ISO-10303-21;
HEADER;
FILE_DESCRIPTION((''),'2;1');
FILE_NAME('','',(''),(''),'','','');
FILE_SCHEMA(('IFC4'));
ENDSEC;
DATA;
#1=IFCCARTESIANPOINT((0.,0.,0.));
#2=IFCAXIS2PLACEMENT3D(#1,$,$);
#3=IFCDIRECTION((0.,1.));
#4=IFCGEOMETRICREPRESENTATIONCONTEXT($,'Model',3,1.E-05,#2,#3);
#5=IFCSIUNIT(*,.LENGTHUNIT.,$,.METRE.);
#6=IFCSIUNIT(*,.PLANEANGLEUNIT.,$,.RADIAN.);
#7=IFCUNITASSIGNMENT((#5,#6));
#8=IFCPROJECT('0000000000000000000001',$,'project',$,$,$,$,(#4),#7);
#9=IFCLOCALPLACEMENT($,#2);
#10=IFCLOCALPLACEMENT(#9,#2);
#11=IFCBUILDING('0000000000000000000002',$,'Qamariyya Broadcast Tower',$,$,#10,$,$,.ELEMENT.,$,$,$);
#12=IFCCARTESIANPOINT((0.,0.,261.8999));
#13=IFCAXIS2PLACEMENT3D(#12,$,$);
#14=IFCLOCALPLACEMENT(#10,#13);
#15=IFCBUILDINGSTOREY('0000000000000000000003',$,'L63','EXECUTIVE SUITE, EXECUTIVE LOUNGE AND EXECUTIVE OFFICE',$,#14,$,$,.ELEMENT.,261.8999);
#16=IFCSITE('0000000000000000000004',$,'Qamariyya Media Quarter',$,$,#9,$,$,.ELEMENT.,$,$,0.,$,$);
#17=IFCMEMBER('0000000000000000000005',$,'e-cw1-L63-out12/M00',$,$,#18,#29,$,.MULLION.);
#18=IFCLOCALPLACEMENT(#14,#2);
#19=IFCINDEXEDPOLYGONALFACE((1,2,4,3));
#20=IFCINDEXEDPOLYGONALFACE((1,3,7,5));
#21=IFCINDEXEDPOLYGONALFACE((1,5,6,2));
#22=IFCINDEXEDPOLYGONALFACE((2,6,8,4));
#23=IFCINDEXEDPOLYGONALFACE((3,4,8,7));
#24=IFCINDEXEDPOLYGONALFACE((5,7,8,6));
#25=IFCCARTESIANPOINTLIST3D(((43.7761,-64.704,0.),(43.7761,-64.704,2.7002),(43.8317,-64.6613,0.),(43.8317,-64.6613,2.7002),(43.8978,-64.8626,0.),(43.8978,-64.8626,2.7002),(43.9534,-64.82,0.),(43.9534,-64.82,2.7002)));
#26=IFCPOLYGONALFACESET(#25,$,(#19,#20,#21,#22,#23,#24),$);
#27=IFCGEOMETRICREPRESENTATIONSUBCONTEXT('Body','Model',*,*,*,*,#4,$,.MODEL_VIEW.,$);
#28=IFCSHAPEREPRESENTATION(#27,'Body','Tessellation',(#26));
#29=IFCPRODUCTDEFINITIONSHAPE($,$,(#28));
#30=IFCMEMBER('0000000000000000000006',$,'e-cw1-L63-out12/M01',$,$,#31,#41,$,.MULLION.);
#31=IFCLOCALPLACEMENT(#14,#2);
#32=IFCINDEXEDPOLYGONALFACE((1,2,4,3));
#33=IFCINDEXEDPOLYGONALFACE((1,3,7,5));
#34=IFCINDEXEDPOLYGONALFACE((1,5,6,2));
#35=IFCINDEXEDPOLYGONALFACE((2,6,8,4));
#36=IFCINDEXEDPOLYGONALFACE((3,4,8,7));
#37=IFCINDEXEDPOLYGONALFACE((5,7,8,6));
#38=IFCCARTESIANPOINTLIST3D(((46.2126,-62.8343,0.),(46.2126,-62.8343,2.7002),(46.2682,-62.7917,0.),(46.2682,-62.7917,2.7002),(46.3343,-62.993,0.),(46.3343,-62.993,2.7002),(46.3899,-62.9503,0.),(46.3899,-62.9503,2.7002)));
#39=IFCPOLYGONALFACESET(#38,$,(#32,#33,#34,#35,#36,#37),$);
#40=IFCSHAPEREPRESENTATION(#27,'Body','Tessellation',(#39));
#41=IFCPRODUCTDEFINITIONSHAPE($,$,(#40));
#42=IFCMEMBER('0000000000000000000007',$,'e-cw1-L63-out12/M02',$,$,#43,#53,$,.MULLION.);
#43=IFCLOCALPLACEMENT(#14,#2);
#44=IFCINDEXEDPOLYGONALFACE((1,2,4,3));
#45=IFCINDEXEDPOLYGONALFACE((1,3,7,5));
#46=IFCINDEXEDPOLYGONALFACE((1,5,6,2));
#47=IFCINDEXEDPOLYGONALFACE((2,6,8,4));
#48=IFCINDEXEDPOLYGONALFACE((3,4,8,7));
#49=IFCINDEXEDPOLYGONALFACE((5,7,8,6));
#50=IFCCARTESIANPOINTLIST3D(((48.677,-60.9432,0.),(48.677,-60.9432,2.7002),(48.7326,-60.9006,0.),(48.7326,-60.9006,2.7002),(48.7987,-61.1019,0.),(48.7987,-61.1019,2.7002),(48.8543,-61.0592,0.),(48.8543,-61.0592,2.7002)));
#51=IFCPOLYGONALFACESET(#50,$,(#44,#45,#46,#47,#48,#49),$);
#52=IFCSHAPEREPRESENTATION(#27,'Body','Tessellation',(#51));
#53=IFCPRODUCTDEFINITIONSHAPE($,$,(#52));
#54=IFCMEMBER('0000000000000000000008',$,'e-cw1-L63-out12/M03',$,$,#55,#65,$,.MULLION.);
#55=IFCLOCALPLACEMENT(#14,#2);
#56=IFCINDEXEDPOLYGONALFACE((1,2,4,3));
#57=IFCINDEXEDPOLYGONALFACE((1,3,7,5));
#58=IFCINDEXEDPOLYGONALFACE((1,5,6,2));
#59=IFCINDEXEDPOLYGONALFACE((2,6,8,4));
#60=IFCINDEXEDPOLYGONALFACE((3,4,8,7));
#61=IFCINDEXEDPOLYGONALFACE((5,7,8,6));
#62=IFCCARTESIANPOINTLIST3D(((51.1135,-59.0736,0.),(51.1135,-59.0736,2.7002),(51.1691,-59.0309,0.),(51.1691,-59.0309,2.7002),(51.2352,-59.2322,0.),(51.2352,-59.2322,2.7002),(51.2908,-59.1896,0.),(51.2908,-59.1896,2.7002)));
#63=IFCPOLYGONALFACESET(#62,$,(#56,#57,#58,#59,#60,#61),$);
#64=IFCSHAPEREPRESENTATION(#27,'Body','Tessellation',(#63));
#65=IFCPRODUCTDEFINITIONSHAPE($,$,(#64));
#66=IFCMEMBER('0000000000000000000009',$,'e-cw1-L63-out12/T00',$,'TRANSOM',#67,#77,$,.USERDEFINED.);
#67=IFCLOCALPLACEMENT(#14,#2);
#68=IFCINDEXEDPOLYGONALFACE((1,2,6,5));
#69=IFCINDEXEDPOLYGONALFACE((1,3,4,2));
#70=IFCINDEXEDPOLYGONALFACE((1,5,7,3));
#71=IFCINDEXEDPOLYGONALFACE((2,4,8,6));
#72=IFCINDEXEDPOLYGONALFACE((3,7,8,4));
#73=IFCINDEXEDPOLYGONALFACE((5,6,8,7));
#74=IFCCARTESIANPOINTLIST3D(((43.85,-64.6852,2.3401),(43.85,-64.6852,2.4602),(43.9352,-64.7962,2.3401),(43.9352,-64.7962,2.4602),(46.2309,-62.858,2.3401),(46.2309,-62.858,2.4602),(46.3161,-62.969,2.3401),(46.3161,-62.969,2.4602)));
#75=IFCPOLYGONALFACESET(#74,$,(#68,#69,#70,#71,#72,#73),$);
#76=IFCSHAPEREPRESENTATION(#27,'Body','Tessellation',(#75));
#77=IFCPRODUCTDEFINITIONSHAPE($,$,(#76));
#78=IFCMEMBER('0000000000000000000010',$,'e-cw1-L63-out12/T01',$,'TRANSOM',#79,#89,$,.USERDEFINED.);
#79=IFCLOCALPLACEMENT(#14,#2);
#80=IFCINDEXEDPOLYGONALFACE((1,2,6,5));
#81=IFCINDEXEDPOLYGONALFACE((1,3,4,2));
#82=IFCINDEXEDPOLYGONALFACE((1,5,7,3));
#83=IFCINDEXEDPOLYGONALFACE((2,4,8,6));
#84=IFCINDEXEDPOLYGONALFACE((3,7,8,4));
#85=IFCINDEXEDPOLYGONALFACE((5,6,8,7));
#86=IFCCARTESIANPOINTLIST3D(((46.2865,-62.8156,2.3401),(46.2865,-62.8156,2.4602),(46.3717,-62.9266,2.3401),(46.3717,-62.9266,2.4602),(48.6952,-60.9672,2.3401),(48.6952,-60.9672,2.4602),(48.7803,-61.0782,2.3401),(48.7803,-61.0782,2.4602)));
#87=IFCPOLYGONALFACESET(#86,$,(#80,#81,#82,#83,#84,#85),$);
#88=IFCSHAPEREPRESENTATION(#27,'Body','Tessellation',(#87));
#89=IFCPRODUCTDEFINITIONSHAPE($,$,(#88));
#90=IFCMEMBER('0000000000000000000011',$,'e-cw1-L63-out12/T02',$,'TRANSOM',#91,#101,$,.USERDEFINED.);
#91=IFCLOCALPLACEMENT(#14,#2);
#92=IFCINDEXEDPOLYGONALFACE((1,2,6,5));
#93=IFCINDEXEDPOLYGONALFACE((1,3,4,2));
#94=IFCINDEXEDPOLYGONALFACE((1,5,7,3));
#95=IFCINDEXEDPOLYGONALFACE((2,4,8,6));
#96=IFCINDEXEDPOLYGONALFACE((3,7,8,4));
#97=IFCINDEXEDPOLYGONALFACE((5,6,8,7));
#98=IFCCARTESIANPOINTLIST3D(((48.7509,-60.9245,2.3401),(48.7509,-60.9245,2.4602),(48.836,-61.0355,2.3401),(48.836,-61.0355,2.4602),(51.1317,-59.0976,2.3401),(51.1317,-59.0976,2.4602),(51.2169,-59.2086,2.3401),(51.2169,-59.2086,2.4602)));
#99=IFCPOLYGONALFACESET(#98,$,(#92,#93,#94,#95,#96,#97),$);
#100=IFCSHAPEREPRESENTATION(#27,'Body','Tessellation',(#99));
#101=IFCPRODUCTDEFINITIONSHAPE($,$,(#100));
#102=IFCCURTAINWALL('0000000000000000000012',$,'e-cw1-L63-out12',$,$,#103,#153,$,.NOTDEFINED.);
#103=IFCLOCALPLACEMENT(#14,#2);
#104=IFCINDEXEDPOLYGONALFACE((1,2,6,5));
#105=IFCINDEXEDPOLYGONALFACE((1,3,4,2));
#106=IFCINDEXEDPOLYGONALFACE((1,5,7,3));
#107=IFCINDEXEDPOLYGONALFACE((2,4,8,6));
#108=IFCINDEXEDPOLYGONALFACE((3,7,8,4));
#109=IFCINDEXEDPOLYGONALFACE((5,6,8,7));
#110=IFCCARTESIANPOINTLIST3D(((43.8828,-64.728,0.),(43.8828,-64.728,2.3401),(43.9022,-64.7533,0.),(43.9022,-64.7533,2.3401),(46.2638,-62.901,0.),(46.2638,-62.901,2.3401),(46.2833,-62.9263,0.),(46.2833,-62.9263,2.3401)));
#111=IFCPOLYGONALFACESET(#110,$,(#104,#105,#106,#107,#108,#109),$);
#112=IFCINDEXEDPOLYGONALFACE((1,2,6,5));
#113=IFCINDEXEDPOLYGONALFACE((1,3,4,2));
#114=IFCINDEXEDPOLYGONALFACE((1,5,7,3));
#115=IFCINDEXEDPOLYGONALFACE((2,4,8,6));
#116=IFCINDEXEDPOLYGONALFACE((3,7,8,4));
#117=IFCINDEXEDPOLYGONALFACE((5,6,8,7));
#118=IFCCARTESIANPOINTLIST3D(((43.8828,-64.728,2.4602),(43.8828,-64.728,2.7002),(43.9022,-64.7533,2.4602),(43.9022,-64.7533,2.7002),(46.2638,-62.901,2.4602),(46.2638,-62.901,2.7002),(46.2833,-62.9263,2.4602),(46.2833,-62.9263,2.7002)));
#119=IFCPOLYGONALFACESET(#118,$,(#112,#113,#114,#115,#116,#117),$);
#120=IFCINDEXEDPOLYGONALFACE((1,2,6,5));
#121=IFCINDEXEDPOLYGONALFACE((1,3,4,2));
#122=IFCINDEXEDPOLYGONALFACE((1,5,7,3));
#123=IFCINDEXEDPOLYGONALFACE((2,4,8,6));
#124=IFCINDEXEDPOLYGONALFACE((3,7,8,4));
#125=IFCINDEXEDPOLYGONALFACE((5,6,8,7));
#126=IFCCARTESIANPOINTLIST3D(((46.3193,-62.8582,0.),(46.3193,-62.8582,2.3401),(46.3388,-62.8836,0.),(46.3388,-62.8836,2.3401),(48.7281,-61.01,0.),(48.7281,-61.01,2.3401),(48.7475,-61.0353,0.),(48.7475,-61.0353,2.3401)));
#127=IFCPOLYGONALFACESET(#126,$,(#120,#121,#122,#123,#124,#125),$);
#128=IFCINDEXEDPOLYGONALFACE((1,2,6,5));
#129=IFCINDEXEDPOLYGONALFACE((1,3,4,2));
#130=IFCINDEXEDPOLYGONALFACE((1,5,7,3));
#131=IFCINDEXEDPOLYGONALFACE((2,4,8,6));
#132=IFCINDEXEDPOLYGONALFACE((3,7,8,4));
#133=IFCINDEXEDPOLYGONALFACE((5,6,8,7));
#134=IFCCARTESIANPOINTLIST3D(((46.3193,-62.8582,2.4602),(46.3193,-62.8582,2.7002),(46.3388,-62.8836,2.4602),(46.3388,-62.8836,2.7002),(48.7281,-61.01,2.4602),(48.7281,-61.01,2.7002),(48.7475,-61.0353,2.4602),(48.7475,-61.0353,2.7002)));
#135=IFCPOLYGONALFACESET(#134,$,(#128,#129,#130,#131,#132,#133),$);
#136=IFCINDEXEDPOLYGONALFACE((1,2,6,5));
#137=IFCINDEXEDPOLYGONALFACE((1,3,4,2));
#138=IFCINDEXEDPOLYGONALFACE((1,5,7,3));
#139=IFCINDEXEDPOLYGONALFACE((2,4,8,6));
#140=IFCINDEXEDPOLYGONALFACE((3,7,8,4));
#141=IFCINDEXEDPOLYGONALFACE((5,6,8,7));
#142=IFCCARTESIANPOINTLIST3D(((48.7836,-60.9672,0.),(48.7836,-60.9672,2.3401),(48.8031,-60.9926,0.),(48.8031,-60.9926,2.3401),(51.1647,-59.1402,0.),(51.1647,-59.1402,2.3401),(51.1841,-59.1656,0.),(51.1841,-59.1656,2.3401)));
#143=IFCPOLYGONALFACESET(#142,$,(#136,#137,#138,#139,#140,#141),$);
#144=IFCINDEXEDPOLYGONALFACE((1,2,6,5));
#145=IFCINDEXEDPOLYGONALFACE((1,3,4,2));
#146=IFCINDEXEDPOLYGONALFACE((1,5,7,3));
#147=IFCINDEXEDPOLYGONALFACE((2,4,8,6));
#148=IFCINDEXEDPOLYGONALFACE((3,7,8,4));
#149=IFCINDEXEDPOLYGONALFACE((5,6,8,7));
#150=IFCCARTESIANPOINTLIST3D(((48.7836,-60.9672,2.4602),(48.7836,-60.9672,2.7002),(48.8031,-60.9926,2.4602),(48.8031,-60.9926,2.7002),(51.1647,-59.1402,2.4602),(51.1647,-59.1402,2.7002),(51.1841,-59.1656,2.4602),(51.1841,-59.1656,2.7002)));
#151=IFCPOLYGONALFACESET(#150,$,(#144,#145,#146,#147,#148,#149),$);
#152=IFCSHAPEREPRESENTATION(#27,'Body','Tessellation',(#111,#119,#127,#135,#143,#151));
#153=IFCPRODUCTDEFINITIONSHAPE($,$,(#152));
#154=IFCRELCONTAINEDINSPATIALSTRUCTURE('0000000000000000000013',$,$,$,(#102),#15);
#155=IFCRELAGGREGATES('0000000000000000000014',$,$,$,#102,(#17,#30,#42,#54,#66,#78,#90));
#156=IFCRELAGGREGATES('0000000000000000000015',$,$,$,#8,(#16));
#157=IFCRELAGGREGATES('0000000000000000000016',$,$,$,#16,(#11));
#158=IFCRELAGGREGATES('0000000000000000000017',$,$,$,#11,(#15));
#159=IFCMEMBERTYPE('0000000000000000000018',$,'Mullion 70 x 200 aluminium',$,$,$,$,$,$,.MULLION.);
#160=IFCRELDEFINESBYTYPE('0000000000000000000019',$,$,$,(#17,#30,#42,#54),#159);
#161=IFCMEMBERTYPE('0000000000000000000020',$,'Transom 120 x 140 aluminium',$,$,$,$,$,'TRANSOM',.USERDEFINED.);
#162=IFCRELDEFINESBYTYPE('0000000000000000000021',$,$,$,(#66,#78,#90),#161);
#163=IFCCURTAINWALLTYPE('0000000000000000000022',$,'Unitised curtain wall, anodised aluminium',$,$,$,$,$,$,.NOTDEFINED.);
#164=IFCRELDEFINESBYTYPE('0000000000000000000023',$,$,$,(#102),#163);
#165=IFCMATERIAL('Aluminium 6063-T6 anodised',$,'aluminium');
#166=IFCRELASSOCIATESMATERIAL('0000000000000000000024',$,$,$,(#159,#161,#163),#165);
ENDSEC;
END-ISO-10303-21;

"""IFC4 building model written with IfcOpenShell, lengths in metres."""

from ifc_helpers import new_model, si_unit, direction, frame, origin, origin_2d, place, context, subcontext, project, spatial, rectangle, extrude, material, material_profile, profile_set, type_object, element, aggregate, save


model = new_model("IFC4")

# Units and contexts
model_context = context("Model", 3, precision=1e-05, world=origin(), true_north=direction((0.0, 1.0)))
body_context = subcontext(model_context, "Body", "Model", "MODEL_VIEW")
ifc_project = project(units=[si_unit("LENGTHUNIT", "METRE"), si_unit("PLANEANGLEUNIT", "RADIAN")], contexts=[model_context])

# Members
ifc_material = material(Name="Aluminium 6063-T6 anodised", Category="aluminium")
ifc_material_profile_1 = material_profile(ifc_material, rectangle(XDim=0.2, YDim=0.0701, at=origin_2d()))
ifc_profile_set_1 = profile_set([ifc_material_profile_1], Name="Aluminium 6063-T6 anodised")
member_type_1 = type_object("IfcMemberType", Name="Mullion 70 x 200 aluminium", PredefinedType="MULLION", material=ifc_profile_set_1)
site_placement = place(None, origin())
building_placement = place(site_placement, origin())
storey_placement = place(building_placement, frame((0.0, 0.0, 261.8999)))
member_1_placement = place(storey_placement, frame((43.8647, -64.762, 0.0), z_axis=(0.0, 0.0, 1.0), x_axis=(-0.608761, 0.793353, 0.0)))
member_1 = element("IfcMember", 1, at=member_1_placement, type_object=member_type_1, Name="e-cw1-L63-out12/M00", PredefinedType="MULLION", context=body_context, shape_type="SweptSolid", body=[
    extrude(rectangle(XDim=0.2, YDim=0.0701, at=origin_2d()), origin(), (0.0, 0.0, 1.0), 2.7002),
])
member_2_placement = place(storey_placement, frame((46.3013, -62.8923, 0.0), z_axis=(0.0, 0.0, 1.0), x_axis=(-0.608761, 0.793353, 0.0)))
member_2 = element("IfcMember", 2, at=member_2_placement, type_object=member_type_1, Name="e-cw1-L63-out12/M01", PredefinedType="MULLION", context=body_context, shape_type="SweptSolid", body=[
    extrude(rectangle(XDim=0.2, YDim=0.0701, at=origin_2d()), origin(), (0.0, 0.0, 1.0), 2.7002),
])
member_3_placement = place(storey_placement, frame((48.7656, -61.0012, 0.0), z_axis=(0.0, 0.0, 1.0), x_axis=(-0.608761, 0.793353, 0.0)))
member_3 = element("IfcMember", 3, at=member_3_placement, type_object=member_type_1, Name="e-cw1-L63-out12/M02", PredefinedType="MULLION", context=body_context, shape_type="SweptSolid", body=[
    extrude(rectangle(XDim=0.2, YDim=0.0701, at=origin_2d()), origin(), (0.0, 0.0, 1.0), 2.7002),
])
member_4_placement = place(storey_placement, frame((51.2021, -59.1316, 0.0), z_axis=(0.0, 0.0, 1.0), x_axis=(-0.608761, 0.793353, 0.0)))
member_4 = element("IfcMember", 4, at=member_4_placement, type_object=member_type_1, Name="e-cw1-L63-out12/M03", PredefinedType="MULLION", context=body_context, shape_type="SweptSolid", body=[
    extrude(rectangle(XDim=0.2, YDim=0.0701, at=origin_2d()), origin(), (0.0, 0.0, 1.0), 2.7002),
])
ifc_material_profile_2 = material_profile(ifc_material, rectangle(XDim=0.1399, YDim=0.1201, at=origin_2d()))
ifc_profile_set_2 = profile_set([ifc_material_profile_2], Name="Aluminium 6063-T6 anodised")
member_type_2 = type_object("IfcMemberType", Name="Transom 120 x 140 aluminium", ElementType="TRANSOM", PredefinedType="USERDEFINED", material=ifc_profile_set_2)
member_5_placement = place(storey_placement, frame((43.8926, -64.7407, 2.4001), z_axis=(0.793313, 0.608814, 0.0), x_axis=(-0.608814, 0.793313, 0.0)))
member_5 = element("IfcMember", 5, at=member_5_placement, type_object=member_type_2, Name="e-cw1-L63-out12/T00", ObjectType="TRANSOM", PredefinedType="USERDEFINED", context=body_context, shape_type="SweptSolid", body=[
    extrude(rectangle(XDim=0.1399, YDim=0.1201, at=origin_2d()), origin(), (0.0, 0.0, 1.0), 3.0012),
])
member_6_placement = place(storey_placement, frame((46.3291, -62.8711, 2.4001), z_axis=(0.793332, 0.608789, 0.0), x_axis=(-0.608789, 0.793332, 0.0)))
member_6 = element("IfcMember", 6, at=member_6_placement, type_object=member_type_2, Name="e-cw1-L63-out12/T01", ObjectType="TRANSOM", PredefinedType="USERDEFINED", context=body_context, shape_type="SweptSolid", body=[
    extrude(rectangle(XDim=0.1399, YDim=0.1201, at=origin_2d()), origin(), (0.0, 0.0, 1.0), 3.0361),
])
member_7_placement = place(storey_placement, frame((48.7935, -60.98, 2.4001), z_axis=(0.793352, 0.608763, 0.0), x_axis=(-0.608763, 0.793352, 0.0)))
member_7 = element("IfcMember", 7, at=member_7_placement, type_object=member_type_2, Name="e-cw1-L63-out12/T02", ObjectType="TRANSOM", PredefinedType="USERDEFINED", context=body_context, shape_type="SweptSolid", body=[
    extrude(rectangle(XDim=0.1399, YDim=0.1201, at=origin_2d()), origin(), (0.0, 0.0, 1.0), 3.001),
])

# Site, building, storey
site = spatial("IfcSite", under=ifc_project, at=site_placement, Name="Qamariyya Media Quarter", CompositionType="ELEMENT", RefElevation=0.0)
building = spatial("IfcBuilding", under=site, at=building_placement, Name="Qamariyya Broadcast Tower", CompositionType="ELEMENT")
storey = spatial("IfcBuildingStorey", under=building, at=storey_placement, Name="L63", Description="EXECUTIVE SUITE, EXECUTIVE LOUNGE AND EXECUTIVE OFFICE", CompositionType="ELEMENT", Elevation=261.8999)

# Curtain wall
curtain_wall_type = type_object("IfcCurtainWallType", Name="Unitised curtain wall, anodised aluminium", PredefinedType="NOTDEFINED", material=ifc_material)
curtain_wall_1_placement = place(storey_placement, origin())
curtain_wall_1 = element("IfcCurtainWall", 8, at=curtain_wall_1_placement, inside=storey, type_object=curtain_wall_type, Name="e-cw1-L63-out12", PredefinedType="NOTDEFINED", context=body_context, shape_type="SweptSolid", body=[
    extrude(rectangle(XDim=3.0012, YDim=0.032, at=origin_2d()), frame((45.083, -63.8271, 0.0), x_axis=(0.793356, 0.608758, 0.0)), (0.0, 0.0, 1.0), 2.3401),
    extrude(rectangle(XDim=3.0012, YDim=0.032, at=origin_2d()), frame((45.083, -63.8271, 2.4602), x_axis=(0.793356, 0.608758, 0.0)), (0.0, 0.0, 1.0), 0.24),
    extrude(rectangle(XDim=3.0361, YDim=0.032, at=origin_2d()), frame((47.5334, -61.9468, 0.0), x_axis=(0.793356, 0.608758, 0.0)), (0.0, 0.0, 1.0), 2.3401),
    extrude(rectangle(XDim=3.0361, YDim=0.032, at=origin_2d()), frame((47.5334, -61.9468, 2.4602), x_axis=(0.793356, 0.608758, 0.0)), (0.0, 0.0, 1.0), 0.24),
    extrude(rectangle(XDim=3.0012, YDim=0.032, at=origin_2d()), frame((49.9839, -60.0664, 0.0), x_axis=(0.793356, 0.608758, 0.0)), (0.0, 0.0, 1.0), 2.3401),
    extrude(rectangle(XDim=3.0012, YDim=0.032, at=origin_2d()), frame((49.9839, -60.0664, 2.4602), x_axis=(0.793356, 0.608758, 0.0)), (0.0, 0.0, 1.0), 0.24),
])
aggregate(curtain_wall_1, [member_1, member_2, member_3, member_4, member_5, member_6, member_7])

save(model, "model.ifc")
